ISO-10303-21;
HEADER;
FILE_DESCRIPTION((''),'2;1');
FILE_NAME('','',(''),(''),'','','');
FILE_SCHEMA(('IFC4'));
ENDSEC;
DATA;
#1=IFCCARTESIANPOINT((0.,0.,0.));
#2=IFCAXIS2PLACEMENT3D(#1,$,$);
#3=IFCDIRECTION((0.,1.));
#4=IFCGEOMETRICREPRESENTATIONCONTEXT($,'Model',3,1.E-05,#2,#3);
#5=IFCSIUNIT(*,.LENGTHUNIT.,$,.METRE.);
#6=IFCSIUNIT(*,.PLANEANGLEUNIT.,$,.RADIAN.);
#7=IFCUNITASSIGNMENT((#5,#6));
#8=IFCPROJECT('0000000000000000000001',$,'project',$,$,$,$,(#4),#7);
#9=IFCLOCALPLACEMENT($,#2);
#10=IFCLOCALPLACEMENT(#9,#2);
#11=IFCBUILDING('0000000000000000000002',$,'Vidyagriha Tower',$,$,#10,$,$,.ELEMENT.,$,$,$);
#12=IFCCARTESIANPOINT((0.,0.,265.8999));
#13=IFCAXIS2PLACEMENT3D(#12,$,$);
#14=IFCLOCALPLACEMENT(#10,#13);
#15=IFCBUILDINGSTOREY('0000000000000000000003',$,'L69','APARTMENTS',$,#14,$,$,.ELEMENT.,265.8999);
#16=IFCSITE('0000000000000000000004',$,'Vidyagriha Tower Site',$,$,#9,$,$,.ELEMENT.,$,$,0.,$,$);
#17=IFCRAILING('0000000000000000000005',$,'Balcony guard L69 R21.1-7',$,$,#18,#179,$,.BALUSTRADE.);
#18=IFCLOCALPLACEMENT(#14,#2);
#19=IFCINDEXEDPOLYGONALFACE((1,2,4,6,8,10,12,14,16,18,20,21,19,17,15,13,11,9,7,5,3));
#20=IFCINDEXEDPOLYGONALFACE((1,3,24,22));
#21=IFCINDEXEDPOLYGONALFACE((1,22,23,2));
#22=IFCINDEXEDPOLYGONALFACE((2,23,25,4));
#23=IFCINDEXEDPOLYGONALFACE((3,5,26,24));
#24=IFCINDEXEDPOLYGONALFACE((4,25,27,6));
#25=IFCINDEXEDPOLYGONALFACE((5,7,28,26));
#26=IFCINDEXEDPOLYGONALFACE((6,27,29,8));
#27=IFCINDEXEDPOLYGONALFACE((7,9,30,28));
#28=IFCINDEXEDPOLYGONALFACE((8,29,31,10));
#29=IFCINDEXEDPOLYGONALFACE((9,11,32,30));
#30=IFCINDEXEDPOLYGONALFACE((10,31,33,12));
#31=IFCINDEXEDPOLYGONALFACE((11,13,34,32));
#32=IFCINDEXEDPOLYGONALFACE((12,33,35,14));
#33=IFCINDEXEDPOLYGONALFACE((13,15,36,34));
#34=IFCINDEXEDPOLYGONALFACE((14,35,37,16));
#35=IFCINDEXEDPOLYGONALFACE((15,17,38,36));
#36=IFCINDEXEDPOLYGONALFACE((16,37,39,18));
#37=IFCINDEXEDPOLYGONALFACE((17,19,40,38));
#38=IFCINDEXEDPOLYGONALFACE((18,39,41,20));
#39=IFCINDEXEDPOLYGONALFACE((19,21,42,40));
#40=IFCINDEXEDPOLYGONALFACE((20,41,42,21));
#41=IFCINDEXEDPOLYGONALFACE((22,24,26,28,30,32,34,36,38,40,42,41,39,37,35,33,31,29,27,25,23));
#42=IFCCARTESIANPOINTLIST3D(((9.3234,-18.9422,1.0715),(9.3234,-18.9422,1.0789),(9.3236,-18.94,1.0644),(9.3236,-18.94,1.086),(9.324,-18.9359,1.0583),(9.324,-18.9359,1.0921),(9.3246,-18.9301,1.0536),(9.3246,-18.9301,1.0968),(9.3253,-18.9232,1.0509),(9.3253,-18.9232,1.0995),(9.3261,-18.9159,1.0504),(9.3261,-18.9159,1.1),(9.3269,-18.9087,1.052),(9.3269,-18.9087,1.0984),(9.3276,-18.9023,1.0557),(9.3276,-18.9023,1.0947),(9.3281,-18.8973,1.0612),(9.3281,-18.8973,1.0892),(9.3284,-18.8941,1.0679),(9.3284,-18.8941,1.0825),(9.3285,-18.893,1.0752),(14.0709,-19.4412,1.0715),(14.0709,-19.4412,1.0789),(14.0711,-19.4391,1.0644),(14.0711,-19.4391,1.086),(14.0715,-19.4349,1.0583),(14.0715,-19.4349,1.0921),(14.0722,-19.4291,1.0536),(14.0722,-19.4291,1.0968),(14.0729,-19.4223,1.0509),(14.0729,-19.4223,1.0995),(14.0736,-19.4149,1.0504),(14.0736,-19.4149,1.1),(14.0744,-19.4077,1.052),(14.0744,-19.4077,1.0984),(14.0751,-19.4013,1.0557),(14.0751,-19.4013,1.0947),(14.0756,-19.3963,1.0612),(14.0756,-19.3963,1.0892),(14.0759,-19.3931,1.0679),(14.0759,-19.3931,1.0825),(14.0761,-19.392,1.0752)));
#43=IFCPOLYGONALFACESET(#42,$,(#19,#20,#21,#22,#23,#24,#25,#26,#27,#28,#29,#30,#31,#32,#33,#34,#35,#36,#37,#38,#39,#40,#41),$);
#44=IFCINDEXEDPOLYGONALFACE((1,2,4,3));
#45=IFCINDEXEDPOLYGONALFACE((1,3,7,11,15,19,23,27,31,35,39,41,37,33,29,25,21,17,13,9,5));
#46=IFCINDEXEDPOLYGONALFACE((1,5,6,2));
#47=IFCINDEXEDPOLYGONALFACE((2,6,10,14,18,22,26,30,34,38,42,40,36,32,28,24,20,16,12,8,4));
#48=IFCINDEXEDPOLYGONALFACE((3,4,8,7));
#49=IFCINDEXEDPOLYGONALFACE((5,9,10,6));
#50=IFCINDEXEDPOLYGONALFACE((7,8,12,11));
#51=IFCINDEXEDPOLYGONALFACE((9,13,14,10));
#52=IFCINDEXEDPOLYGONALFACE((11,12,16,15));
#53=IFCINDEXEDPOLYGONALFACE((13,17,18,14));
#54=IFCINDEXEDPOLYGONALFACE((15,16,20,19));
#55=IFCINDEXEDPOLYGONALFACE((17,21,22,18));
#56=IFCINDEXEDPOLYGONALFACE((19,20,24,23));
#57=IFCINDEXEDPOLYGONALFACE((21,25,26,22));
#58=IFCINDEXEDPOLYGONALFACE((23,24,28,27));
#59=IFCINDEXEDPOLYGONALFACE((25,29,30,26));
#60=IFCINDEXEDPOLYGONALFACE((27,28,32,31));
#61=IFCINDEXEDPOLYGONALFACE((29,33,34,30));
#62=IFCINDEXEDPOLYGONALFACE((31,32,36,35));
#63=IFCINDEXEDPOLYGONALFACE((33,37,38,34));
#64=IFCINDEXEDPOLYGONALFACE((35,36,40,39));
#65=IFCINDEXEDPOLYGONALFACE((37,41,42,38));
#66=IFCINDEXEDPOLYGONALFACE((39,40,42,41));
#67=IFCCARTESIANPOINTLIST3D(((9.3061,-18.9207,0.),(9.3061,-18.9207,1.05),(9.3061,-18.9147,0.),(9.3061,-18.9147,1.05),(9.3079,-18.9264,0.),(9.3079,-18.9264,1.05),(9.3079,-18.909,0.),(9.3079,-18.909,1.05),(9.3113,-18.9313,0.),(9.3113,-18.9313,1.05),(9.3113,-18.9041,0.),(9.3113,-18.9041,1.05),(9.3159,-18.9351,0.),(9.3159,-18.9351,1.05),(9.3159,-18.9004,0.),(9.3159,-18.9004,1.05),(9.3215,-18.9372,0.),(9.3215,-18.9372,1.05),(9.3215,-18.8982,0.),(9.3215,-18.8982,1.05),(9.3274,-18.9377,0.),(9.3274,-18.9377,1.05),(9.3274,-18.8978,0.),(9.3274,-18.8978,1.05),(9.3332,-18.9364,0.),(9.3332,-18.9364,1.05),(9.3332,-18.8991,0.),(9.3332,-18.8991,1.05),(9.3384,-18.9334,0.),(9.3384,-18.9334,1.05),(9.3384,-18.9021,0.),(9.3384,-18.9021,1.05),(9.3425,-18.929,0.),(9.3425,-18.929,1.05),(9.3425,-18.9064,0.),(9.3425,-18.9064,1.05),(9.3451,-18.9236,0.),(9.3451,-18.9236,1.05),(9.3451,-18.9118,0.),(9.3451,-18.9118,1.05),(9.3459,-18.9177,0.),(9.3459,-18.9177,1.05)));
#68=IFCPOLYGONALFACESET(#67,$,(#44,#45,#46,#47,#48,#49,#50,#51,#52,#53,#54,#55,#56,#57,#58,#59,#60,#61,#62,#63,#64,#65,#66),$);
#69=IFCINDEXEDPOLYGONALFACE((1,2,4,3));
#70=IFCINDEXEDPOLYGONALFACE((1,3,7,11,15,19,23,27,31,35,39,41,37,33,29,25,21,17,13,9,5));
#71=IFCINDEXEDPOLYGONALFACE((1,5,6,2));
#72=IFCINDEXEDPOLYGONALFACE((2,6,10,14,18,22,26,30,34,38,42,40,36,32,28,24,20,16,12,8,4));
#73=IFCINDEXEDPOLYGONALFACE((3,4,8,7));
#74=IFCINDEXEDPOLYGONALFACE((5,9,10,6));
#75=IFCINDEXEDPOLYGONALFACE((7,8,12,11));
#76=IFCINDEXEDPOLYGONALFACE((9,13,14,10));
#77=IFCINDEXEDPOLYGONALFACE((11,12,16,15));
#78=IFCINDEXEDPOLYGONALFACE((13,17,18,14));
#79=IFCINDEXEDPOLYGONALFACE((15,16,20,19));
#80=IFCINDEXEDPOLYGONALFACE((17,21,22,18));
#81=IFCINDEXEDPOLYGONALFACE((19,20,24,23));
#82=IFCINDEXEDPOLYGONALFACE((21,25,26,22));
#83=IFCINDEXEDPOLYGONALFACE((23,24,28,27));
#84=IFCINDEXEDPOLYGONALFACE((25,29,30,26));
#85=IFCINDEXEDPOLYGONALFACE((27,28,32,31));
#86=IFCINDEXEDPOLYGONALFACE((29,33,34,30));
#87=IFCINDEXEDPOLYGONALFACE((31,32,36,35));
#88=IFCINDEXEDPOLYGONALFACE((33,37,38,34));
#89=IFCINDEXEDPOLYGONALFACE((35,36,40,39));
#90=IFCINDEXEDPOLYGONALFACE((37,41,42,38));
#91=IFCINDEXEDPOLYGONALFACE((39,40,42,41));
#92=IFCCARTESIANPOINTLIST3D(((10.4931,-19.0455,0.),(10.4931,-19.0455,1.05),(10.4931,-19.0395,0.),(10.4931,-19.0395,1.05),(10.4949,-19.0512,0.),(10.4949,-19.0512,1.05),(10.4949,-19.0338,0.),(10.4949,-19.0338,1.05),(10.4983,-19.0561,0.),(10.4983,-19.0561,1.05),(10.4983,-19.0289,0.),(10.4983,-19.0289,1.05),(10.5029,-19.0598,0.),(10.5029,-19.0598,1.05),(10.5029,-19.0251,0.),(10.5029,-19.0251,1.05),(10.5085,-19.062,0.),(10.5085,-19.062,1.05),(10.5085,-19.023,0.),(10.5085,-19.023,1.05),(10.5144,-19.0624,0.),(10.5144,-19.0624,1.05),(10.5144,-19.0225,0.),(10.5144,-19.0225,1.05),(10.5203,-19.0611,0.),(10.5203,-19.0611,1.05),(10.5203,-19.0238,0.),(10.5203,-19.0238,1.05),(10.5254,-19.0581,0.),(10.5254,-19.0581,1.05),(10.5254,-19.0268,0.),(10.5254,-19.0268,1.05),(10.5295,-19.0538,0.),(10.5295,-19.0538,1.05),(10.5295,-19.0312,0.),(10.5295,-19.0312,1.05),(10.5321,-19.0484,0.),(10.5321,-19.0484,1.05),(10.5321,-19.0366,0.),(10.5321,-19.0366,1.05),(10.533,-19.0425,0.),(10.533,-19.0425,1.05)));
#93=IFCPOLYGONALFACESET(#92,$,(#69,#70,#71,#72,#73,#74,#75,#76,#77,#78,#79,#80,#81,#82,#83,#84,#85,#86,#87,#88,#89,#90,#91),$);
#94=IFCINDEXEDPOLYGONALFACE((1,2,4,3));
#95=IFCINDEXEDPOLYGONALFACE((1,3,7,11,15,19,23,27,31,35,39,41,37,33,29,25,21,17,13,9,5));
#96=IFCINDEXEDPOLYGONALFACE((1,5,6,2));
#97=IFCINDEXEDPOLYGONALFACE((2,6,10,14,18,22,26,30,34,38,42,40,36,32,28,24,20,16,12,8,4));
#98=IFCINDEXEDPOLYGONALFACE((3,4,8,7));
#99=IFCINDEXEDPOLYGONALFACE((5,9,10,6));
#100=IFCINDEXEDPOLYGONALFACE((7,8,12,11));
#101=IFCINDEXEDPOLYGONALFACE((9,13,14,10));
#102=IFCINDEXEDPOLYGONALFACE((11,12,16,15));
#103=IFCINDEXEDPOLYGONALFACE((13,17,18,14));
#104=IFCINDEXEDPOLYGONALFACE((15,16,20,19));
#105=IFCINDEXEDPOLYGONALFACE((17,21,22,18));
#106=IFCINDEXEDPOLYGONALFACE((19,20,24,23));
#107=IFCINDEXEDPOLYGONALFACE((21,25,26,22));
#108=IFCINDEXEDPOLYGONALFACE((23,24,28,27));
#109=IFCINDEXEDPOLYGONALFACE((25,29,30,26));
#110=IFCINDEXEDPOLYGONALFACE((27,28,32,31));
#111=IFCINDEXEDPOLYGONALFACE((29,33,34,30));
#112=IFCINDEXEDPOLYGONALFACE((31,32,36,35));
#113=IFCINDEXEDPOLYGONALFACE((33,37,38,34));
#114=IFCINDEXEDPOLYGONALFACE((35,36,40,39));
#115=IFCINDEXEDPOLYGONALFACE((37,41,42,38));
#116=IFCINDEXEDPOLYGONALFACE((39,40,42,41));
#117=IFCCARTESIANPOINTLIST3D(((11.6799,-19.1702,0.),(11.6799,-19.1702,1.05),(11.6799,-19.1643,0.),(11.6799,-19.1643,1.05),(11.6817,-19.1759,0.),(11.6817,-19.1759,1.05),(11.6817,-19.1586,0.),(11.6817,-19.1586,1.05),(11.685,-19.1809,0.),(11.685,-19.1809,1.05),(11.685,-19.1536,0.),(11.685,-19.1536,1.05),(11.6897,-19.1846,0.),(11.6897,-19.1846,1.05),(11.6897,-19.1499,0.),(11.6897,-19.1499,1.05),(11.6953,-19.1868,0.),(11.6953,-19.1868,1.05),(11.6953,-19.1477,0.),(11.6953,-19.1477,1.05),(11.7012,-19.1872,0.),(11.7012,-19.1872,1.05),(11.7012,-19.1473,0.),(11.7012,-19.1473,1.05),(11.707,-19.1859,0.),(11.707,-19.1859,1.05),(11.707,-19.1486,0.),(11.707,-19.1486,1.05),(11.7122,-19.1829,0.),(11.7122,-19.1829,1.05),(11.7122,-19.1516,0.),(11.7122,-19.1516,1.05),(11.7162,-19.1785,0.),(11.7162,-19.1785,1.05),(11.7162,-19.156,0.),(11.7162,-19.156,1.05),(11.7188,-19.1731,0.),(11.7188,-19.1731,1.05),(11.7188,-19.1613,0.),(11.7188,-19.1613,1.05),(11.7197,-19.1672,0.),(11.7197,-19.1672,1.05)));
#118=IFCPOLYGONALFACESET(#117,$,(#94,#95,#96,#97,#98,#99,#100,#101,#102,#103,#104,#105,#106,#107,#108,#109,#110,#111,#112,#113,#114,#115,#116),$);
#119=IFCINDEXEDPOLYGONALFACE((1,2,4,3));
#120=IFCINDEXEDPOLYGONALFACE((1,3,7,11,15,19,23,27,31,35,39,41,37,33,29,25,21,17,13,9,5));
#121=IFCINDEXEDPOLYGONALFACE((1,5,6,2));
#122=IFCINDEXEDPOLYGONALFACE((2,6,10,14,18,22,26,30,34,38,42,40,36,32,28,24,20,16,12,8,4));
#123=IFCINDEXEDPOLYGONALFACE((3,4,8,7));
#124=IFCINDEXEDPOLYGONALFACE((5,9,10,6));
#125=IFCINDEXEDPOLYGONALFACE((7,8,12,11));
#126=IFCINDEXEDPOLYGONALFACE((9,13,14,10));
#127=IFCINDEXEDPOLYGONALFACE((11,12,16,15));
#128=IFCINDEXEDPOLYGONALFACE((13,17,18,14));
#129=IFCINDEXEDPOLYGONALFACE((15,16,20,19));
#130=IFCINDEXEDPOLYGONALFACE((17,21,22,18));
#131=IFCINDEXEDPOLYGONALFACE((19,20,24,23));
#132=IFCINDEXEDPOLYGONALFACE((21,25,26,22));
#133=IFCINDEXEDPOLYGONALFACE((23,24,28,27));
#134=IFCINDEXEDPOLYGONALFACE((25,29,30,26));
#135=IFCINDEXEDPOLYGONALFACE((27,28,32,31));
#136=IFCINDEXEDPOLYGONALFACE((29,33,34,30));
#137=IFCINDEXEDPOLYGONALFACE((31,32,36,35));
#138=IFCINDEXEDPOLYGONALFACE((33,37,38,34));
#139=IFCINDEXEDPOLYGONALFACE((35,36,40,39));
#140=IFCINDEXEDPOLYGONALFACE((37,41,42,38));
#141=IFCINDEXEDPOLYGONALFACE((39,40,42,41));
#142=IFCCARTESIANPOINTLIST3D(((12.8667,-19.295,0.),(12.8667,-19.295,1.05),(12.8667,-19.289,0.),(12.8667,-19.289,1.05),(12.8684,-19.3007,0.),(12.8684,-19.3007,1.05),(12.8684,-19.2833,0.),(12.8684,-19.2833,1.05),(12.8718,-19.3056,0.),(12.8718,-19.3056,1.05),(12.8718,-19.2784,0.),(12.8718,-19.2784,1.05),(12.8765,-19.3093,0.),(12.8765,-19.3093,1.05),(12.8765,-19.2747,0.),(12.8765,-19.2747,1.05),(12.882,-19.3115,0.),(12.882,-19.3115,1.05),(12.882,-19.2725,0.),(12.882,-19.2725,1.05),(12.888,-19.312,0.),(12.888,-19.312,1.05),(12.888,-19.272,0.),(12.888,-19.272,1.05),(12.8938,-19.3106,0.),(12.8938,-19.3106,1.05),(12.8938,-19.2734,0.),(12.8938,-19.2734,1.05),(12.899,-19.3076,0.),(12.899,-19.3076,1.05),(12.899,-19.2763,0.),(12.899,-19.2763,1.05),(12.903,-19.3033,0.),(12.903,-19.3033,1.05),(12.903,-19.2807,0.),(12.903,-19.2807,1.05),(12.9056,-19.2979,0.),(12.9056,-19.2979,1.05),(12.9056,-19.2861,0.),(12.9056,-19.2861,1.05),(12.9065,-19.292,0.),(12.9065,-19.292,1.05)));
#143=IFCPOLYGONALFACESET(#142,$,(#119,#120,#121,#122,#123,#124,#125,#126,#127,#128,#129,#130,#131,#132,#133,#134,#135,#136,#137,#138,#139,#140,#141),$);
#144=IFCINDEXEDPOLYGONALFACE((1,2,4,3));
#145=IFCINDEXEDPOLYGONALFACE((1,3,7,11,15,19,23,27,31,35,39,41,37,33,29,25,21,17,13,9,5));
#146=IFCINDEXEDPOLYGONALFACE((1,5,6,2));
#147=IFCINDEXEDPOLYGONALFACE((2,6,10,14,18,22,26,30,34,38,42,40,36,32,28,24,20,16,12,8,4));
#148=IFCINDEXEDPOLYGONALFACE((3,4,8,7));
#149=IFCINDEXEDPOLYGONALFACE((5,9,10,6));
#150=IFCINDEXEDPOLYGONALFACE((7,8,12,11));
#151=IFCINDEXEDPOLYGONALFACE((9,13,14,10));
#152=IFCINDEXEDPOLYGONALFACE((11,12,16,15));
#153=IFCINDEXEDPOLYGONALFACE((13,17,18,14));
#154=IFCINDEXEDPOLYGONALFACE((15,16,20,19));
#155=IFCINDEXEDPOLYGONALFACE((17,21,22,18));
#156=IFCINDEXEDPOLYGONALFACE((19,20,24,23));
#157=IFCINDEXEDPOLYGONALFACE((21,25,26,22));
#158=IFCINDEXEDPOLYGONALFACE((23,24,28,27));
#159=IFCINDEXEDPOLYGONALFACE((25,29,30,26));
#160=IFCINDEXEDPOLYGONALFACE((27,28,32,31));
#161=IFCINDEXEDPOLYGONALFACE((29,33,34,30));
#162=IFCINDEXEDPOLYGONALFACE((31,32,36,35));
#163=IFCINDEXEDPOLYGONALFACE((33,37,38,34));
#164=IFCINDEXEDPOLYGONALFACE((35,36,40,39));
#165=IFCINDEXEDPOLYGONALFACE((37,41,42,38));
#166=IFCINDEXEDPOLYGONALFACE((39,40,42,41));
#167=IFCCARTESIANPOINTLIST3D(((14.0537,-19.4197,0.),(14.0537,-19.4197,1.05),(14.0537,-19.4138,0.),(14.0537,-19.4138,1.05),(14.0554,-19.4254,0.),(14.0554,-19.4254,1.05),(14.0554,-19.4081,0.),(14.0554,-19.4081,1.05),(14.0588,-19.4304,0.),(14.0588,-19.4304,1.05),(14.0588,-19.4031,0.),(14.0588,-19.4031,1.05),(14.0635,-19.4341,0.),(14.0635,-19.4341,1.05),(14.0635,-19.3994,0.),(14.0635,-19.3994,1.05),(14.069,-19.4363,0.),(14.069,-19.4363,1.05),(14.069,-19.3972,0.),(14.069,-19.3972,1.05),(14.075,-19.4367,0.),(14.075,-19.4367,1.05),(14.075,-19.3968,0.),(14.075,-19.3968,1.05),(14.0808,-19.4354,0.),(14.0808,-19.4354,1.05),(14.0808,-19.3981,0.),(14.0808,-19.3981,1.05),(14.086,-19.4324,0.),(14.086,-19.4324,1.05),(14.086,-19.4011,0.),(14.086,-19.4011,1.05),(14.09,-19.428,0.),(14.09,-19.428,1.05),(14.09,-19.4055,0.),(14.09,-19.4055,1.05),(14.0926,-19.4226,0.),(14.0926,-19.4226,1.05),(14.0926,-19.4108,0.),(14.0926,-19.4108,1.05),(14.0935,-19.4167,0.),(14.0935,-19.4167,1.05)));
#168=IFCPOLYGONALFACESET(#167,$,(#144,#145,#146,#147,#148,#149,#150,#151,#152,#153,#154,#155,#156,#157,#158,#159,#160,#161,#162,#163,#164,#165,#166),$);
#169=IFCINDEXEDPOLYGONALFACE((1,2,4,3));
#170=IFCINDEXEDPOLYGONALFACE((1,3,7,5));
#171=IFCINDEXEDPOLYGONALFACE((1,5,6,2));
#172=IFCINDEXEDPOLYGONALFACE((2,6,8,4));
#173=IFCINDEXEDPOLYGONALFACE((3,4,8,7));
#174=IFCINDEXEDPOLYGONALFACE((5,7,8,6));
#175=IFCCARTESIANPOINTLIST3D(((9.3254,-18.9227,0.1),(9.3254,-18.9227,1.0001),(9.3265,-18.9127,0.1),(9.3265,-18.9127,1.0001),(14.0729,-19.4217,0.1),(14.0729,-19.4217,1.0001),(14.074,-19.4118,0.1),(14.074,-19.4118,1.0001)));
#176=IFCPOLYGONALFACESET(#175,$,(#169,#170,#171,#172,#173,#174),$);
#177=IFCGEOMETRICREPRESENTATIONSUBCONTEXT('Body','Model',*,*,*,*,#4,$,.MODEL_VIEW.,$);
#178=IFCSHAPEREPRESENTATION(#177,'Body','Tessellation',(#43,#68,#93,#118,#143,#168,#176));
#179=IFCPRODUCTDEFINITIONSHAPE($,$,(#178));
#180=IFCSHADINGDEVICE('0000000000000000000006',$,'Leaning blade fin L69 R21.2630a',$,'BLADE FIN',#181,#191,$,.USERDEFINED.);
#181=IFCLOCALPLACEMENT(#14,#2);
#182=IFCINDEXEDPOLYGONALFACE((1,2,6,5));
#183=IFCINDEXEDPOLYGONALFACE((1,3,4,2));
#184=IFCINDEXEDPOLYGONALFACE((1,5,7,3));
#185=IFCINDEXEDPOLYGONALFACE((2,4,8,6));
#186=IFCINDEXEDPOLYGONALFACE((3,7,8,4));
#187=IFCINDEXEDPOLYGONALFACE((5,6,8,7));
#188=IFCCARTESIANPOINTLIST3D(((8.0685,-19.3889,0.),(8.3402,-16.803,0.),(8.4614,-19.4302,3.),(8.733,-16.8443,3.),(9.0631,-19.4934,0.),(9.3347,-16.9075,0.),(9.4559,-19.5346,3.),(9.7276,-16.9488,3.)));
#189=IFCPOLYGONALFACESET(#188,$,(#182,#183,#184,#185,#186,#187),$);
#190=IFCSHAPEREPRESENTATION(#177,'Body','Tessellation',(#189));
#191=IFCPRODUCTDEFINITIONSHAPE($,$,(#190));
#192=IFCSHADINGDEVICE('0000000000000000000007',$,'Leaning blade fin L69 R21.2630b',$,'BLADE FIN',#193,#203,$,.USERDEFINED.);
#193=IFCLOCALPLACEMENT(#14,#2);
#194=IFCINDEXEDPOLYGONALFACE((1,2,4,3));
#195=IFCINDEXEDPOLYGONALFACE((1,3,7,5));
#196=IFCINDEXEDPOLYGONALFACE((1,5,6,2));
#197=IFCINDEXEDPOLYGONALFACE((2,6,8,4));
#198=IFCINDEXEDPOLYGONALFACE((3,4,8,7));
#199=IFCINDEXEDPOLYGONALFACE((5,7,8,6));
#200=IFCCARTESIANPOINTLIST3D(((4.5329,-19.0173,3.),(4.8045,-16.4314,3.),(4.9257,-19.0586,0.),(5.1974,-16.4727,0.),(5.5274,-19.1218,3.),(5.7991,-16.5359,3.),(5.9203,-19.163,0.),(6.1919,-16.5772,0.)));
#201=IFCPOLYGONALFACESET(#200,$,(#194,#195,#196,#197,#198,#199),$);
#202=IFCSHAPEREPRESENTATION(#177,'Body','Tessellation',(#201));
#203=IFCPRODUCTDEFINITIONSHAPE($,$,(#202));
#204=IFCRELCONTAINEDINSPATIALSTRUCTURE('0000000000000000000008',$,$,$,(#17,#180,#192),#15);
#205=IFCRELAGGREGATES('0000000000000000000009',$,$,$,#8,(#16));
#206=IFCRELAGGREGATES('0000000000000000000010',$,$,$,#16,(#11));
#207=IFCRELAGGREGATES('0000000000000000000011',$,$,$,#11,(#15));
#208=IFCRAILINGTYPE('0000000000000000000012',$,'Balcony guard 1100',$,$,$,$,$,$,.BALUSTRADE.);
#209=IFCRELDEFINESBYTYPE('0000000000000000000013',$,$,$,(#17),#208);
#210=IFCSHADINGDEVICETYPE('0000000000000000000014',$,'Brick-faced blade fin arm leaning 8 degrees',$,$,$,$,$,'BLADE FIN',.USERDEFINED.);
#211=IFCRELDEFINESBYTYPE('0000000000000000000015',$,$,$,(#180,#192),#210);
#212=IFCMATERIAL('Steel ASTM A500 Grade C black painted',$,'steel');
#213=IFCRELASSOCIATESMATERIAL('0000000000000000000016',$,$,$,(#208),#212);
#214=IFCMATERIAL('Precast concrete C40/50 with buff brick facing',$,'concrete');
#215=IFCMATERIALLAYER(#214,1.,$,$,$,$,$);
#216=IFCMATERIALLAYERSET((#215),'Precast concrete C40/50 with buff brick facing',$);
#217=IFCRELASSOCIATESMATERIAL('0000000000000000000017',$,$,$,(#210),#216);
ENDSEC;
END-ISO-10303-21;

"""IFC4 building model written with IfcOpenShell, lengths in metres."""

from ifc_helpers import new_model, si_unit, direction, frame, origin, origin_2d, place, context, subcontext, project, spatial, polyline, rectangle, circle, outline, extrude, material, layer, layer_set, type_object, element, save


model = new_model("IFC4")

# Units and contexts
model_context = context("Model", 3, precision=1e-05, world=origin(), true_north=direction((0.0, 1.0)))
body_context = subcontext(model_context, "Body", "Model", "MODEL_VIEW")
ifc_project = project(units=[si_unit("LENGTHUNIT", "METRE"), si_unit("PLANEANGLEUNIT", "RADIAN")], contexts=[model_context])

# Site, building, storey
site_placement = place(None, origin())
site = spatial("IfcSite", under=ifc_project, at=site_placement, Name="Vidyagriha Tower Site", CompositionType="ELEMENT", RefElevation=0.0)
building_placement = place(site_placement, origin())
building = spatial("IfcBuilding", under=site, at=building_placement, Name="Vidyagriha Tower", CompositionType="ELEMENT")
storey_placement = place(building_placement, frame((0.0, 0.0, 265.8999)))
storey = spatial("IfcBuildingStorey", under=building, at=storey_placement, Name="L69", Description="APARTMENTS", CompositionType="ELEMENT", Elevation=265.8999)

# Railing
ifc_material_1 = material(Name="Steel ASTM A500 Grade C black painted", Category="steel")
railing_type = type_object("IfcRailingType", Name="Balcony guard 1100", PredefinedType="BALUSTRADE", material=ifc_material_1)
railing_1_placement = place(storey_placement, frame((9.3259, -18.9177, 0.0)))
element("IfcRailing", 1, at=railing_1_placement, inside=storey, type_object=railing_type, Name="Balcony guard L69 R21.1-7", PredefinedType="BALUSTRADE", context=body_context, shape_type="SweptSolid", body=[
    extrude(circle(Radius=0.0249, at=origin_2d()), frame((0.0, 0.0, 1.0752), z_axis=(0.994521, -0.104536, 0.0), x_axis=(0.104536, 0.994521, 0.0)), (0.0, 0.0, 1.0), 4.7737),
    extrude(circle(Radius=0.02, at=origin_2d()), origin(), (0.0, 0.0, 1.0), 1.05),
    extrude(circle(Radius=0.02, at=origin_2d()), frame((1.187, -0.1248, 0.0)), (0.0, 0.0, 1.0), 1.05),
    extrude(circle(Radius=0.02, at=origin_2d()), frame((2.3738, -0.2495, 0.0)), (0.0, 0.0, 1.0), 1.05),
    extrude(circle(Radius=0.02, at=origin_2d()), frame((3.5605, -0.3743, 0.0)), (0.0, 0.0, 1.0), 1.05),
    extrude(circle(Radius=0.02, at=origin_2d()), frame((4.7476, -0.499, 0.0)), (0.0, 0.0, 1.0), 1.05),
    extrude(rectangle(XDim=0.01, YDim=0.9001, at=origin_2d()), frame((0.0, 0.0, 0.55), z_axis=(0.994521, -0.104536, 0.0), x_axis=(0.104536, 0.994521, 0.0)), (0.0, 0.0, 1.0), 4.7737),
])

# Shading devices
ifc_material_2 = material(Name="Precast concrete C40/50 with buff brick facing", Category="concrete")
ifc_layer_1 = layer(ifc_material_2, 1.0)
ifc_layer_set_1 = layer_set([ifc_layer_1], Name="Precast concrete C40/50 with buff brick facing")
shading_device_type = type_object("IfcShadingDeviceType", Name="Brick-faced blade fin arm leaning 8 degrees", ElementType="BLADE FIN", PredefinedType="USERDEFINED", material=ifc_layer_set_1)
shading_device_1_placement = place(storey_placement, frame((8.2043, -18.0959, 0.0), z_axis=(0.0, 0.0, 1.0), x_axis=(0.994527, -0.104475, 0.0)))
element("IfcShadingDevice", 2, at=shading_device_1_placement, inside=storey, type_object=shading_device_type, Name="Leaning blade fin L69 R21.2630a", ObjectType="BLADE FIN", PredefinedType="USERDEFINED", context=body_context, shape_type="SweptSolid", body=[
    extrude(outline(polyline([(0.0, 0.0), (1.0, 0.0), (1.395, 3.0), (0.395, 3.0), (0.0, 0.0)])), frame((0.0, 1.3, 0.0), z_axis=(0.0, -1.0, 0.0), x_axis=(1.0, 0.0, 0.0)), (0.0, 0.0, 1.0), 2.6001),
])
shading_device_2_placement = place(storey_placement, frame((4.6687, -17.7244, 0.0), z_axis=(0.0, 0.0, 1.0), x_axis=(0.994527, -0.104475, 0.0)))
element("IfcShadingDevice", 3, at=shading_device_2_placement, inside=storey, type_object=shading_device_type, Name="Leaning blade fin L69 R21.2630b", ObjectType="BLADE FIN", PredefinedType="USERDEFINED", context=body_context, shape_type="SweptSolid", body=[
    extrude(outline(polyline([(0.395, 0.0), (1.395, 0.0), (1.0, 3.0), (0.0, 3.0), (0.395, 0.0)])), frame((0.0, 1.3, 0.0), z_axis=(0.0, -1.0, 0.0), x_axis=(1.0, 0.0, 0.0)), (0.0, 0.0, 1.0), 2.6001),
])

save(model, "model.ifc")
